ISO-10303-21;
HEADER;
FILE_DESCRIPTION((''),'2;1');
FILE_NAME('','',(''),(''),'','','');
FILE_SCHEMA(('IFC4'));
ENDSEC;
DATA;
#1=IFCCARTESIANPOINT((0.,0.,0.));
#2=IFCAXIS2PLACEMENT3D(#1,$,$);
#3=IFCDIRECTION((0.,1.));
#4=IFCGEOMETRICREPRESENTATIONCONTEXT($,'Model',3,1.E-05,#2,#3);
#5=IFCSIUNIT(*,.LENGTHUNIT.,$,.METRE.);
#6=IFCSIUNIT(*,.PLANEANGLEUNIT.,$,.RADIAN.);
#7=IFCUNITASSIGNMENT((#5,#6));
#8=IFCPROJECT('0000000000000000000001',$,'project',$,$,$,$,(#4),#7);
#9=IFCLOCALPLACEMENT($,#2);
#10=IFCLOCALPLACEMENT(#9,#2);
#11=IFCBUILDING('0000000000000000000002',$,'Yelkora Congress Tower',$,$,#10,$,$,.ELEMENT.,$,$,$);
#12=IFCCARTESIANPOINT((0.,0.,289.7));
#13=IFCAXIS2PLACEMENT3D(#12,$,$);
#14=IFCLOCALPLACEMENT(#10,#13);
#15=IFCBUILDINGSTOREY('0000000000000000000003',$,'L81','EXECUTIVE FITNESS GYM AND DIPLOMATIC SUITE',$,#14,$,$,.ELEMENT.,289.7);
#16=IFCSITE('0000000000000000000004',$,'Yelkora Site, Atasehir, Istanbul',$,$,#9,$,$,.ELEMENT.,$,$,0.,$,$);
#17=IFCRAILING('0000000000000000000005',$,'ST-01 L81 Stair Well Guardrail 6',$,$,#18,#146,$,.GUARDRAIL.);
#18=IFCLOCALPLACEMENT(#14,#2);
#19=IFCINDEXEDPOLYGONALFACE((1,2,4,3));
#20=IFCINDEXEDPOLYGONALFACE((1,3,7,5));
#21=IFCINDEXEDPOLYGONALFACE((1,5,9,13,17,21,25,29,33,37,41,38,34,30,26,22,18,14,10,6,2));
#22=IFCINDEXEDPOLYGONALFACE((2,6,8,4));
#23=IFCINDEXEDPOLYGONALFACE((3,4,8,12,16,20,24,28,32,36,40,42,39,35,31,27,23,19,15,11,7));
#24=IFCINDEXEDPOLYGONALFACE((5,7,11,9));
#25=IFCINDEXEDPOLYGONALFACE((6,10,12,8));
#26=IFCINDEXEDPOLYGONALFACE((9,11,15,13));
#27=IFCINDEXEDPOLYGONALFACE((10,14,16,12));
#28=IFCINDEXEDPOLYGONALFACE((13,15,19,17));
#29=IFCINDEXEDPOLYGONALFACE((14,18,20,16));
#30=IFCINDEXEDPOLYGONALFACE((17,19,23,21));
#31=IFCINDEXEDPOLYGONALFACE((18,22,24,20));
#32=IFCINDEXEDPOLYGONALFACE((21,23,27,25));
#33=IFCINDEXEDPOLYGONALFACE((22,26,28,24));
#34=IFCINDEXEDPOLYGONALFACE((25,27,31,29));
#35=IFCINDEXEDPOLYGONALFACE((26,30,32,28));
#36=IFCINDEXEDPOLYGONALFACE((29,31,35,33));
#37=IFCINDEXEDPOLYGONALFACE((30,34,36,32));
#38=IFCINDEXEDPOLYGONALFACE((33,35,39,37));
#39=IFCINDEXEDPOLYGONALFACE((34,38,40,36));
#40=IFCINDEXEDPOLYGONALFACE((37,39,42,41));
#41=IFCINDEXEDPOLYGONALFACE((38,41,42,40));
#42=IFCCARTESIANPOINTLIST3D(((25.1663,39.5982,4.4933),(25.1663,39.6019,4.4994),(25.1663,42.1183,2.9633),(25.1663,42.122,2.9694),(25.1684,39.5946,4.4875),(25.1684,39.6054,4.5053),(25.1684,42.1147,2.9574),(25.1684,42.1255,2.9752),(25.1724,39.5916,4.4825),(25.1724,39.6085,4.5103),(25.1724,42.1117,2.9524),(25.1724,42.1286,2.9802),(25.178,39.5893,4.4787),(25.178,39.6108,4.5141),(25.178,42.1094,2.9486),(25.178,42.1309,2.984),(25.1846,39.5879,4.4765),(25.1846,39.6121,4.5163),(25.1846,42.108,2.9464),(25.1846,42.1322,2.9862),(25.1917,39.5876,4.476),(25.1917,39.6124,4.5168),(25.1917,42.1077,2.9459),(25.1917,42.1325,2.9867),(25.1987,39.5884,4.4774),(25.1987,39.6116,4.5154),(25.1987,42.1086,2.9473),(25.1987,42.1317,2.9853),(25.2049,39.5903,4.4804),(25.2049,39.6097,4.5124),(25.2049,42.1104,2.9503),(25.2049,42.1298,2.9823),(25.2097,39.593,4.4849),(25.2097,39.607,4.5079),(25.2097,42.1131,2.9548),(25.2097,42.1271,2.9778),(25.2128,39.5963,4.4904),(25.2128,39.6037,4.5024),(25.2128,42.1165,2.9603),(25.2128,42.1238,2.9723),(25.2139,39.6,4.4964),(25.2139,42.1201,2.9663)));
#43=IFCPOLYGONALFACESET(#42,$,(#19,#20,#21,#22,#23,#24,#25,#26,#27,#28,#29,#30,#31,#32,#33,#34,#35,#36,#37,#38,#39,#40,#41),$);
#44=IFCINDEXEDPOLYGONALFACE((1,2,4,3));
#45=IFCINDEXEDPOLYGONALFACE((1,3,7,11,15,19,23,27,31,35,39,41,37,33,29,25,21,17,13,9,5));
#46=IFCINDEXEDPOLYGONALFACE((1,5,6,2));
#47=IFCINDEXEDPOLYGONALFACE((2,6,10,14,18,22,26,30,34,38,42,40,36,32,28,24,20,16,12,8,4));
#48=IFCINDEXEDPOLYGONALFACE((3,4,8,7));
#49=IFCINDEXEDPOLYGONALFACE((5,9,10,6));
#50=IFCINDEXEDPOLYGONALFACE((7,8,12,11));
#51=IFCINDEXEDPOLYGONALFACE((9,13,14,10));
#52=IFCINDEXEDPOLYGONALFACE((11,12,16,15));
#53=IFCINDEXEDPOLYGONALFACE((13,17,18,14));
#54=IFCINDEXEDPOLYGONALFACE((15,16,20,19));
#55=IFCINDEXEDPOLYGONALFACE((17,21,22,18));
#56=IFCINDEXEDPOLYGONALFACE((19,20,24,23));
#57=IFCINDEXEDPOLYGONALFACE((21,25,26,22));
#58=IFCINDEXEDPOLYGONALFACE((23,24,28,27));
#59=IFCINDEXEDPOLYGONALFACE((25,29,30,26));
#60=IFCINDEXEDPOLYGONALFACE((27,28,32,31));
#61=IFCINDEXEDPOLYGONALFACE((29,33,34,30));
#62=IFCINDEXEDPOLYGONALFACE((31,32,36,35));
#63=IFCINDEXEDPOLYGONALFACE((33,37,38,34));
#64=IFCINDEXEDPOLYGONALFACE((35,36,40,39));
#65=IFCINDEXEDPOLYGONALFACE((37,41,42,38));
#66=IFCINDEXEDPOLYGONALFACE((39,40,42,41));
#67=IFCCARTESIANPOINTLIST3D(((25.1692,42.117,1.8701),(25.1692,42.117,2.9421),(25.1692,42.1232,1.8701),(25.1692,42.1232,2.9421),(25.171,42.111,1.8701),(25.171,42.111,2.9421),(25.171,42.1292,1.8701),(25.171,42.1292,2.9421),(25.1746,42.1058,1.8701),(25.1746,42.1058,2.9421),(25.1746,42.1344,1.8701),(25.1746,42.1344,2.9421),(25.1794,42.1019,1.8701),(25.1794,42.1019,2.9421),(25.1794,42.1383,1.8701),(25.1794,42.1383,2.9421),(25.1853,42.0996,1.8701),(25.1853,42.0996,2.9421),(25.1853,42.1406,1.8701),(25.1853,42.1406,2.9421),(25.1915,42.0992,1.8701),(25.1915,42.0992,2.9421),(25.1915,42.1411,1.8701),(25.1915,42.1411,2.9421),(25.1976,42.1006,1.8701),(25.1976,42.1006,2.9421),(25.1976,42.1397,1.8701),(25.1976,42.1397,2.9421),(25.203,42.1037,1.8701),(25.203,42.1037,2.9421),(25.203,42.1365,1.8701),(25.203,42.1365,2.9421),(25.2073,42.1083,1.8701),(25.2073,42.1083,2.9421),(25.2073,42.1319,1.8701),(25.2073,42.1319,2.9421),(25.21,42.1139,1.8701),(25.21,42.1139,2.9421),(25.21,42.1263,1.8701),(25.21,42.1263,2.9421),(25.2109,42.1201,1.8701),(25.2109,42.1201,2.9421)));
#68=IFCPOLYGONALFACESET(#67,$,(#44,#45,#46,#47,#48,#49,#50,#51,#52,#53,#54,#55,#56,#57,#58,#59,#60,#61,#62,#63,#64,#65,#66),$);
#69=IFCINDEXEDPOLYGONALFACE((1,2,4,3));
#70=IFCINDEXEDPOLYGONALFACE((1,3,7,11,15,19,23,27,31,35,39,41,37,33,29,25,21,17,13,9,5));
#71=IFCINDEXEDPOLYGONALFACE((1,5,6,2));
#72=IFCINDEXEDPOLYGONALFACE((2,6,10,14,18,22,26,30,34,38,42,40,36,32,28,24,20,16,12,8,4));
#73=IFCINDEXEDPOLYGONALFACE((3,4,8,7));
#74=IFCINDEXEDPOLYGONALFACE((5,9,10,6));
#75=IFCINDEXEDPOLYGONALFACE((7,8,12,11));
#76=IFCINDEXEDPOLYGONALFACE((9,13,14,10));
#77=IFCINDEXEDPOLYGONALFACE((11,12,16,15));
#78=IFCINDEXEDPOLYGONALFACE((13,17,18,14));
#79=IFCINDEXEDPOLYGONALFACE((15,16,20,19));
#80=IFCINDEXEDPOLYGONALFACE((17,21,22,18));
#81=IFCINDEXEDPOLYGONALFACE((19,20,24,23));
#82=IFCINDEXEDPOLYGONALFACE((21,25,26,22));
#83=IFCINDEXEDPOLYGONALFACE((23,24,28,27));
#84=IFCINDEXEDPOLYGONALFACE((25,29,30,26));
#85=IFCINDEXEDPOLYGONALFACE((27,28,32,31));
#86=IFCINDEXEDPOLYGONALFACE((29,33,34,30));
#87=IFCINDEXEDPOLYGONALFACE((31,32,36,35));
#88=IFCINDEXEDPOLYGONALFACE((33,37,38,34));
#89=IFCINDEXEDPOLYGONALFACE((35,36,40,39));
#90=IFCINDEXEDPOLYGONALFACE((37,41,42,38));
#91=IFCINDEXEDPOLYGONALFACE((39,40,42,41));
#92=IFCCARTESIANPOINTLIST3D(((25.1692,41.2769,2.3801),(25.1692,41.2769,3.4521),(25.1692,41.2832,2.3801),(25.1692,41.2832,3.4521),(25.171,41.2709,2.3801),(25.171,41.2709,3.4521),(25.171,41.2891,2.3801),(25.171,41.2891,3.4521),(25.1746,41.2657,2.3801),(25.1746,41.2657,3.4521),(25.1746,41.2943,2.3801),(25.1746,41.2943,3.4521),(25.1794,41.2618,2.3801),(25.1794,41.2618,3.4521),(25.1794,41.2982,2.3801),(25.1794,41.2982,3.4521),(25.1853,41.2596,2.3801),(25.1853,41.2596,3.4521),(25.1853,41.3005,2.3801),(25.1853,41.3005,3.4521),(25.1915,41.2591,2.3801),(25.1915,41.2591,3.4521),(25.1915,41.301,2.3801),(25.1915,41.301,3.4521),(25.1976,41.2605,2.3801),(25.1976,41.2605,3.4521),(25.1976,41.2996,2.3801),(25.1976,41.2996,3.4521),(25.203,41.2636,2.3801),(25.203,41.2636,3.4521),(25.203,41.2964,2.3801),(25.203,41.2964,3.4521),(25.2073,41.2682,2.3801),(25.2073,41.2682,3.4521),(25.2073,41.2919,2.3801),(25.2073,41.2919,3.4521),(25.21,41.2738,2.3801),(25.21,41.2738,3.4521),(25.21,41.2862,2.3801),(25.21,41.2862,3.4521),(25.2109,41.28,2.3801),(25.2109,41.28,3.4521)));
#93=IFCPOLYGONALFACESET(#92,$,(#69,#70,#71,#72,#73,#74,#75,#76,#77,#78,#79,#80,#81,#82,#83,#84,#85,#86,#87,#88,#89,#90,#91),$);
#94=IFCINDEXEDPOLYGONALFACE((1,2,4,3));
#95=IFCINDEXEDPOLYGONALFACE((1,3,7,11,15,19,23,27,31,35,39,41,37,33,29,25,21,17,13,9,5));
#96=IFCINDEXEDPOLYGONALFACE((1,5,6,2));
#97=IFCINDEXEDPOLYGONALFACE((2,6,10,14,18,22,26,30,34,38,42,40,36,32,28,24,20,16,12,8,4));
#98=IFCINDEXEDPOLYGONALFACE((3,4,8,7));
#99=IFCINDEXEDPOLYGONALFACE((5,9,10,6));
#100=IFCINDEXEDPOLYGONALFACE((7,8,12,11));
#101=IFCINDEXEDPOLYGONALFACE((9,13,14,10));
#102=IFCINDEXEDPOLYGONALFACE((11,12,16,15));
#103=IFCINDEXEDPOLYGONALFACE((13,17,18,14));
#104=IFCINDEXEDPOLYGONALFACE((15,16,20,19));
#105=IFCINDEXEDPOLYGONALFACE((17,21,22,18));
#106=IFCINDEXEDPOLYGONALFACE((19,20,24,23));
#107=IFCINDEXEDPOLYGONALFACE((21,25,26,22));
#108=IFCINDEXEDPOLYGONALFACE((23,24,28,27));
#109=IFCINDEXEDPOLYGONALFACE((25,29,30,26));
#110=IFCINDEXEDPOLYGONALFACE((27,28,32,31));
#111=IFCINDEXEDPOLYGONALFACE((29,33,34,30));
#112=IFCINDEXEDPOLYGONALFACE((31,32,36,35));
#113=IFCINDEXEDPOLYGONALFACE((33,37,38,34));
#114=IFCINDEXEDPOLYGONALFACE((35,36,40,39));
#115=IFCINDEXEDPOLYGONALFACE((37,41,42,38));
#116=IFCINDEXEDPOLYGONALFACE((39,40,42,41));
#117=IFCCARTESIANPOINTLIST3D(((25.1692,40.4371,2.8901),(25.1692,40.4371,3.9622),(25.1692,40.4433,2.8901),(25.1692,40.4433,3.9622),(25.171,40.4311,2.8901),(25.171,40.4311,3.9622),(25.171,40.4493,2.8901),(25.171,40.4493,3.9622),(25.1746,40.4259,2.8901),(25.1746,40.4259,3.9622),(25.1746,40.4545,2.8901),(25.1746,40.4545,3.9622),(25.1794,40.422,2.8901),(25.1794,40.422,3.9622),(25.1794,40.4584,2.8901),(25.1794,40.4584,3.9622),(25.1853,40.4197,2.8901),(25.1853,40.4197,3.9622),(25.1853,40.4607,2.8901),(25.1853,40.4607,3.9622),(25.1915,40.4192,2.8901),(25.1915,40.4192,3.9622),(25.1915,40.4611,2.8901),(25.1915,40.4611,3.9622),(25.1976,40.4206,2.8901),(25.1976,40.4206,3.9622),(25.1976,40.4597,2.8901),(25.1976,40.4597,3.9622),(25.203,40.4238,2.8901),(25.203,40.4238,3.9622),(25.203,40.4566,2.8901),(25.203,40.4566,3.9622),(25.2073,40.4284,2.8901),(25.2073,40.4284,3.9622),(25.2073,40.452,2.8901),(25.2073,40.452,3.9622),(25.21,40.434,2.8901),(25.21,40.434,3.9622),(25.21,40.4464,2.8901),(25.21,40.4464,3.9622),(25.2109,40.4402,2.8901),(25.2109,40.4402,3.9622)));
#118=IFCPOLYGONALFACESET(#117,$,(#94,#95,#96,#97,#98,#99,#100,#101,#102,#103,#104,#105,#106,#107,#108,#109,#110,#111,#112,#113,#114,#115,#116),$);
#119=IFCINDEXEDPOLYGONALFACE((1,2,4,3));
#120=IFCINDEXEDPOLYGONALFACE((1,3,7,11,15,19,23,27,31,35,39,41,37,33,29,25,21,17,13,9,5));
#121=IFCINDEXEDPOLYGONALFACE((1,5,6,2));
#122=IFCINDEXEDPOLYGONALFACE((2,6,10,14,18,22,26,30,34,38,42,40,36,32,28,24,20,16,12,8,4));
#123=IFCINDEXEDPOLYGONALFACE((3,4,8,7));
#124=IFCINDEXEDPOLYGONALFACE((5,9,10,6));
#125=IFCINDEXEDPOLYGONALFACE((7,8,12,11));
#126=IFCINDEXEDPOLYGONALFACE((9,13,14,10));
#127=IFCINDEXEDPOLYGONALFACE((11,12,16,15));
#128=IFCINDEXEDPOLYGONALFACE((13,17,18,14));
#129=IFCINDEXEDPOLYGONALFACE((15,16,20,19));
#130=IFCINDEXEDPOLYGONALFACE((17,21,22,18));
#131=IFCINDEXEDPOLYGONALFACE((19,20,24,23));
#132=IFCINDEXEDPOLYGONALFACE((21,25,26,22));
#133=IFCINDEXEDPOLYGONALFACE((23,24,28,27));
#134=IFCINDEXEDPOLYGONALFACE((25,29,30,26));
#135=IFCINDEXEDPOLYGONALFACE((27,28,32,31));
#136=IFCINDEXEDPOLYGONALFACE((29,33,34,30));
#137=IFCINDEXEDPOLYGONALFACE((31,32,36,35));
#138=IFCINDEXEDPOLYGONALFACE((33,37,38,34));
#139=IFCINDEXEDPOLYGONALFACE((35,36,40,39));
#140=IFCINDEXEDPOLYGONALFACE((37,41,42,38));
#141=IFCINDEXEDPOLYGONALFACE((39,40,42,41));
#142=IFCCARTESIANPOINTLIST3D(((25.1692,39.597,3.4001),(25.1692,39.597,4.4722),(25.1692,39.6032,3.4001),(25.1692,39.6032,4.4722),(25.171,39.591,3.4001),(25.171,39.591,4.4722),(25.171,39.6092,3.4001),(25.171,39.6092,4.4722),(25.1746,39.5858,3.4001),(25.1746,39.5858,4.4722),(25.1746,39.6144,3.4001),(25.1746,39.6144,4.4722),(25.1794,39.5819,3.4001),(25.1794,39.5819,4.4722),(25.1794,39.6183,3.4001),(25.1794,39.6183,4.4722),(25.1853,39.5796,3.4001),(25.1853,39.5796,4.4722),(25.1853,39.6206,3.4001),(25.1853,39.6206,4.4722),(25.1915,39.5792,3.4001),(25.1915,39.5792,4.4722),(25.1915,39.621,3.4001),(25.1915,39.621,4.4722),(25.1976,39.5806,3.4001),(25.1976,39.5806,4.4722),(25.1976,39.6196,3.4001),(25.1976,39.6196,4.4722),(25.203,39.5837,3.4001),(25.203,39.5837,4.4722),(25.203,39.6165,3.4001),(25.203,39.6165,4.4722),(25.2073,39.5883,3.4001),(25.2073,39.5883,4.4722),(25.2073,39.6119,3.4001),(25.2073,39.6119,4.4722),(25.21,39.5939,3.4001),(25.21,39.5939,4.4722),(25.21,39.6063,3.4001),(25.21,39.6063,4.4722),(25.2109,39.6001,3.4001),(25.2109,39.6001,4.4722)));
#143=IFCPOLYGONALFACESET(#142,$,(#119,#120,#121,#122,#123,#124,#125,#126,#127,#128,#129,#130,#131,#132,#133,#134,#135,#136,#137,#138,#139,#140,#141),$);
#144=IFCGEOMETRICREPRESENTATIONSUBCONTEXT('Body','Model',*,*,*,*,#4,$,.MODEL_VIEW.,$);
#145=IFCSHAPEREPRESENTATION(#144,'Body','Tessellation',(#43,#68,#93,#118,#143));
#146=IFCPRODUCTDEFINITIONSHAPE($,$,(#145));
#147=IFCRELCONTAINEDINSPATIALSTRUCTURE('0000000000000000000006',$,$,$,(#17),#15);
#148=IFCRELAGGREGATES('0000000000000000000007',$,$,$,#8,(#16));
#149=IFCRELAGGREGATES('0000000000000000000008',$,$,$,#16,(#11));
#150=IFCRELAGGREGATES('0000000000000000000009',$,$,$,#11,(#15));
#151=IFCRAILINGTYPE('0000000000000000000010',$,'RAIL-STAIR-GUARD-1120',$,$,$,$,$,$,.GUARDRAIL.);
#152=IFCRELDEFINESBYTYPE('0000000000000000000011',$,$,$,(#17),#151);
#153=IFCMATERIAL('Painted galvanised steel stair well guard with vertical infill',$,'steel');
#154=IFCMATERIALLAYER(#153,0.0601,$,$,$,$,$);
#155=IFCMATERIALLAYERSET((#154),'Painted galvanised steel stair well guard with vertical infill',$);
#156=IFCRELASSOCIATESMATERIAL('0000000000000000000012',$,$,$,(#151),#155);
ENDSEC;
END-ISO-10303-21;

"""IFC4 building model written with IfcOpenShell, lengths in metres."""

from ifc_helpers import new_model, si_unit, direction, frame, origin, origin_2d, place, context, subcontext, project, spatial, circle, extrude, material, layer, layer_set, type_object, element, save


model = new_model("IFC4")

# Units and contexts
model_context = context("Model", 3, precision=1e-05, world=origin(), true_north=direction((0.0, 1.0)))
body_context = subcontext(model_context, "Body", "Model", "MODEL_VIEW")
ifc_project = project(units=[si_unit("LENGTHUNIT", "METRE"), si_unit("PLANEANGLEUNIT", "RADIAN")], contexts=[model_context])

# Site, building, storey
site_placement = place(None, origin())
site = spatial("IfcSite", under=ifc_project, at=site_placement, Name="Yelkora Site, Atasehir, Istanbul", CompositionType="ELEMENT", RefElevation=0.0)
building_placement = place(site_placement, origin())
building = spatial("IfcBuilding", under=site, at=building_placement, Name="Yelkora Congress Tower", CompositionType="ELEMENT")
storey_placement = place(building_placement, frame((0.0, 0.0, 289.7)))
storey = spatial("IfcBuildingStorey", under=building, at=storey_placement, Name="L81", Description="EXECUTIVE FITNESS GYM AND DIPLOMATIC SUITE", CompositionType="ELEMENT", Elevation=289.7)

# Railing
ifc_material_1 = material(Name="Painted galvanised steel stair well guard with vertical infill", Category="steel")
ifc_layer_1 = layer(ifc_material_1, 0.0601)
ifc_layer_set_1 = layer_set([ifc_layer_1], Name="Painted galvanised steel stair well guard with vertical infill")
railing_type = type_object("IfcRailingType", Name="RAIL-STAIR-GUARD-1120", PredefinedType="GUARDRAIL", material=ifc_layer_set_1)
railing_1_placement = place(storey_placement, frame((25.1899, 42.1201, 1.8701)))
element("IfcRailing", 1, at=railing_1_placement, inside=storey, type_object=railing_type, Name="ST-01 L81 Stair Well Guardrail 6", PredefinedType="GUARDRAIL", context=body_context, shape_type="SweptSolid", body=[
    extrude(circle(Radius=0.0239, at=origin_2d()), frame((0.0, 0.0, 1.0962), z_axis=(0.0, -0.854785, 0.518982), x_axis=(1.0, 0.0, 0.0)), (0.0, 0.0, 1.0), 2.9482),
    extrude(circle(Radius=0.021, at=origin_2d()), origin(), (0.0, 0.0, 1.0), 1.072),
    extrude(circle(Radius=0.021, at=origin_2d()), frame((0.0, -0.8401, 0.51)), (0.0, 0.0, 1.0), 1.072),
    extrude(circle(Radius=0.021, at=origin_2d()), frame((0.0, -1.6799, 1.02)), (0.0, 0.0, 1.0), 1.072),
    extrude(circle(Radius=0.021, at=origin_2d()), frame((0.0, -2.52, 1.53)), (0.0, 0.0, 1.0), 1.072),
])

save(model, "model.ifc")
